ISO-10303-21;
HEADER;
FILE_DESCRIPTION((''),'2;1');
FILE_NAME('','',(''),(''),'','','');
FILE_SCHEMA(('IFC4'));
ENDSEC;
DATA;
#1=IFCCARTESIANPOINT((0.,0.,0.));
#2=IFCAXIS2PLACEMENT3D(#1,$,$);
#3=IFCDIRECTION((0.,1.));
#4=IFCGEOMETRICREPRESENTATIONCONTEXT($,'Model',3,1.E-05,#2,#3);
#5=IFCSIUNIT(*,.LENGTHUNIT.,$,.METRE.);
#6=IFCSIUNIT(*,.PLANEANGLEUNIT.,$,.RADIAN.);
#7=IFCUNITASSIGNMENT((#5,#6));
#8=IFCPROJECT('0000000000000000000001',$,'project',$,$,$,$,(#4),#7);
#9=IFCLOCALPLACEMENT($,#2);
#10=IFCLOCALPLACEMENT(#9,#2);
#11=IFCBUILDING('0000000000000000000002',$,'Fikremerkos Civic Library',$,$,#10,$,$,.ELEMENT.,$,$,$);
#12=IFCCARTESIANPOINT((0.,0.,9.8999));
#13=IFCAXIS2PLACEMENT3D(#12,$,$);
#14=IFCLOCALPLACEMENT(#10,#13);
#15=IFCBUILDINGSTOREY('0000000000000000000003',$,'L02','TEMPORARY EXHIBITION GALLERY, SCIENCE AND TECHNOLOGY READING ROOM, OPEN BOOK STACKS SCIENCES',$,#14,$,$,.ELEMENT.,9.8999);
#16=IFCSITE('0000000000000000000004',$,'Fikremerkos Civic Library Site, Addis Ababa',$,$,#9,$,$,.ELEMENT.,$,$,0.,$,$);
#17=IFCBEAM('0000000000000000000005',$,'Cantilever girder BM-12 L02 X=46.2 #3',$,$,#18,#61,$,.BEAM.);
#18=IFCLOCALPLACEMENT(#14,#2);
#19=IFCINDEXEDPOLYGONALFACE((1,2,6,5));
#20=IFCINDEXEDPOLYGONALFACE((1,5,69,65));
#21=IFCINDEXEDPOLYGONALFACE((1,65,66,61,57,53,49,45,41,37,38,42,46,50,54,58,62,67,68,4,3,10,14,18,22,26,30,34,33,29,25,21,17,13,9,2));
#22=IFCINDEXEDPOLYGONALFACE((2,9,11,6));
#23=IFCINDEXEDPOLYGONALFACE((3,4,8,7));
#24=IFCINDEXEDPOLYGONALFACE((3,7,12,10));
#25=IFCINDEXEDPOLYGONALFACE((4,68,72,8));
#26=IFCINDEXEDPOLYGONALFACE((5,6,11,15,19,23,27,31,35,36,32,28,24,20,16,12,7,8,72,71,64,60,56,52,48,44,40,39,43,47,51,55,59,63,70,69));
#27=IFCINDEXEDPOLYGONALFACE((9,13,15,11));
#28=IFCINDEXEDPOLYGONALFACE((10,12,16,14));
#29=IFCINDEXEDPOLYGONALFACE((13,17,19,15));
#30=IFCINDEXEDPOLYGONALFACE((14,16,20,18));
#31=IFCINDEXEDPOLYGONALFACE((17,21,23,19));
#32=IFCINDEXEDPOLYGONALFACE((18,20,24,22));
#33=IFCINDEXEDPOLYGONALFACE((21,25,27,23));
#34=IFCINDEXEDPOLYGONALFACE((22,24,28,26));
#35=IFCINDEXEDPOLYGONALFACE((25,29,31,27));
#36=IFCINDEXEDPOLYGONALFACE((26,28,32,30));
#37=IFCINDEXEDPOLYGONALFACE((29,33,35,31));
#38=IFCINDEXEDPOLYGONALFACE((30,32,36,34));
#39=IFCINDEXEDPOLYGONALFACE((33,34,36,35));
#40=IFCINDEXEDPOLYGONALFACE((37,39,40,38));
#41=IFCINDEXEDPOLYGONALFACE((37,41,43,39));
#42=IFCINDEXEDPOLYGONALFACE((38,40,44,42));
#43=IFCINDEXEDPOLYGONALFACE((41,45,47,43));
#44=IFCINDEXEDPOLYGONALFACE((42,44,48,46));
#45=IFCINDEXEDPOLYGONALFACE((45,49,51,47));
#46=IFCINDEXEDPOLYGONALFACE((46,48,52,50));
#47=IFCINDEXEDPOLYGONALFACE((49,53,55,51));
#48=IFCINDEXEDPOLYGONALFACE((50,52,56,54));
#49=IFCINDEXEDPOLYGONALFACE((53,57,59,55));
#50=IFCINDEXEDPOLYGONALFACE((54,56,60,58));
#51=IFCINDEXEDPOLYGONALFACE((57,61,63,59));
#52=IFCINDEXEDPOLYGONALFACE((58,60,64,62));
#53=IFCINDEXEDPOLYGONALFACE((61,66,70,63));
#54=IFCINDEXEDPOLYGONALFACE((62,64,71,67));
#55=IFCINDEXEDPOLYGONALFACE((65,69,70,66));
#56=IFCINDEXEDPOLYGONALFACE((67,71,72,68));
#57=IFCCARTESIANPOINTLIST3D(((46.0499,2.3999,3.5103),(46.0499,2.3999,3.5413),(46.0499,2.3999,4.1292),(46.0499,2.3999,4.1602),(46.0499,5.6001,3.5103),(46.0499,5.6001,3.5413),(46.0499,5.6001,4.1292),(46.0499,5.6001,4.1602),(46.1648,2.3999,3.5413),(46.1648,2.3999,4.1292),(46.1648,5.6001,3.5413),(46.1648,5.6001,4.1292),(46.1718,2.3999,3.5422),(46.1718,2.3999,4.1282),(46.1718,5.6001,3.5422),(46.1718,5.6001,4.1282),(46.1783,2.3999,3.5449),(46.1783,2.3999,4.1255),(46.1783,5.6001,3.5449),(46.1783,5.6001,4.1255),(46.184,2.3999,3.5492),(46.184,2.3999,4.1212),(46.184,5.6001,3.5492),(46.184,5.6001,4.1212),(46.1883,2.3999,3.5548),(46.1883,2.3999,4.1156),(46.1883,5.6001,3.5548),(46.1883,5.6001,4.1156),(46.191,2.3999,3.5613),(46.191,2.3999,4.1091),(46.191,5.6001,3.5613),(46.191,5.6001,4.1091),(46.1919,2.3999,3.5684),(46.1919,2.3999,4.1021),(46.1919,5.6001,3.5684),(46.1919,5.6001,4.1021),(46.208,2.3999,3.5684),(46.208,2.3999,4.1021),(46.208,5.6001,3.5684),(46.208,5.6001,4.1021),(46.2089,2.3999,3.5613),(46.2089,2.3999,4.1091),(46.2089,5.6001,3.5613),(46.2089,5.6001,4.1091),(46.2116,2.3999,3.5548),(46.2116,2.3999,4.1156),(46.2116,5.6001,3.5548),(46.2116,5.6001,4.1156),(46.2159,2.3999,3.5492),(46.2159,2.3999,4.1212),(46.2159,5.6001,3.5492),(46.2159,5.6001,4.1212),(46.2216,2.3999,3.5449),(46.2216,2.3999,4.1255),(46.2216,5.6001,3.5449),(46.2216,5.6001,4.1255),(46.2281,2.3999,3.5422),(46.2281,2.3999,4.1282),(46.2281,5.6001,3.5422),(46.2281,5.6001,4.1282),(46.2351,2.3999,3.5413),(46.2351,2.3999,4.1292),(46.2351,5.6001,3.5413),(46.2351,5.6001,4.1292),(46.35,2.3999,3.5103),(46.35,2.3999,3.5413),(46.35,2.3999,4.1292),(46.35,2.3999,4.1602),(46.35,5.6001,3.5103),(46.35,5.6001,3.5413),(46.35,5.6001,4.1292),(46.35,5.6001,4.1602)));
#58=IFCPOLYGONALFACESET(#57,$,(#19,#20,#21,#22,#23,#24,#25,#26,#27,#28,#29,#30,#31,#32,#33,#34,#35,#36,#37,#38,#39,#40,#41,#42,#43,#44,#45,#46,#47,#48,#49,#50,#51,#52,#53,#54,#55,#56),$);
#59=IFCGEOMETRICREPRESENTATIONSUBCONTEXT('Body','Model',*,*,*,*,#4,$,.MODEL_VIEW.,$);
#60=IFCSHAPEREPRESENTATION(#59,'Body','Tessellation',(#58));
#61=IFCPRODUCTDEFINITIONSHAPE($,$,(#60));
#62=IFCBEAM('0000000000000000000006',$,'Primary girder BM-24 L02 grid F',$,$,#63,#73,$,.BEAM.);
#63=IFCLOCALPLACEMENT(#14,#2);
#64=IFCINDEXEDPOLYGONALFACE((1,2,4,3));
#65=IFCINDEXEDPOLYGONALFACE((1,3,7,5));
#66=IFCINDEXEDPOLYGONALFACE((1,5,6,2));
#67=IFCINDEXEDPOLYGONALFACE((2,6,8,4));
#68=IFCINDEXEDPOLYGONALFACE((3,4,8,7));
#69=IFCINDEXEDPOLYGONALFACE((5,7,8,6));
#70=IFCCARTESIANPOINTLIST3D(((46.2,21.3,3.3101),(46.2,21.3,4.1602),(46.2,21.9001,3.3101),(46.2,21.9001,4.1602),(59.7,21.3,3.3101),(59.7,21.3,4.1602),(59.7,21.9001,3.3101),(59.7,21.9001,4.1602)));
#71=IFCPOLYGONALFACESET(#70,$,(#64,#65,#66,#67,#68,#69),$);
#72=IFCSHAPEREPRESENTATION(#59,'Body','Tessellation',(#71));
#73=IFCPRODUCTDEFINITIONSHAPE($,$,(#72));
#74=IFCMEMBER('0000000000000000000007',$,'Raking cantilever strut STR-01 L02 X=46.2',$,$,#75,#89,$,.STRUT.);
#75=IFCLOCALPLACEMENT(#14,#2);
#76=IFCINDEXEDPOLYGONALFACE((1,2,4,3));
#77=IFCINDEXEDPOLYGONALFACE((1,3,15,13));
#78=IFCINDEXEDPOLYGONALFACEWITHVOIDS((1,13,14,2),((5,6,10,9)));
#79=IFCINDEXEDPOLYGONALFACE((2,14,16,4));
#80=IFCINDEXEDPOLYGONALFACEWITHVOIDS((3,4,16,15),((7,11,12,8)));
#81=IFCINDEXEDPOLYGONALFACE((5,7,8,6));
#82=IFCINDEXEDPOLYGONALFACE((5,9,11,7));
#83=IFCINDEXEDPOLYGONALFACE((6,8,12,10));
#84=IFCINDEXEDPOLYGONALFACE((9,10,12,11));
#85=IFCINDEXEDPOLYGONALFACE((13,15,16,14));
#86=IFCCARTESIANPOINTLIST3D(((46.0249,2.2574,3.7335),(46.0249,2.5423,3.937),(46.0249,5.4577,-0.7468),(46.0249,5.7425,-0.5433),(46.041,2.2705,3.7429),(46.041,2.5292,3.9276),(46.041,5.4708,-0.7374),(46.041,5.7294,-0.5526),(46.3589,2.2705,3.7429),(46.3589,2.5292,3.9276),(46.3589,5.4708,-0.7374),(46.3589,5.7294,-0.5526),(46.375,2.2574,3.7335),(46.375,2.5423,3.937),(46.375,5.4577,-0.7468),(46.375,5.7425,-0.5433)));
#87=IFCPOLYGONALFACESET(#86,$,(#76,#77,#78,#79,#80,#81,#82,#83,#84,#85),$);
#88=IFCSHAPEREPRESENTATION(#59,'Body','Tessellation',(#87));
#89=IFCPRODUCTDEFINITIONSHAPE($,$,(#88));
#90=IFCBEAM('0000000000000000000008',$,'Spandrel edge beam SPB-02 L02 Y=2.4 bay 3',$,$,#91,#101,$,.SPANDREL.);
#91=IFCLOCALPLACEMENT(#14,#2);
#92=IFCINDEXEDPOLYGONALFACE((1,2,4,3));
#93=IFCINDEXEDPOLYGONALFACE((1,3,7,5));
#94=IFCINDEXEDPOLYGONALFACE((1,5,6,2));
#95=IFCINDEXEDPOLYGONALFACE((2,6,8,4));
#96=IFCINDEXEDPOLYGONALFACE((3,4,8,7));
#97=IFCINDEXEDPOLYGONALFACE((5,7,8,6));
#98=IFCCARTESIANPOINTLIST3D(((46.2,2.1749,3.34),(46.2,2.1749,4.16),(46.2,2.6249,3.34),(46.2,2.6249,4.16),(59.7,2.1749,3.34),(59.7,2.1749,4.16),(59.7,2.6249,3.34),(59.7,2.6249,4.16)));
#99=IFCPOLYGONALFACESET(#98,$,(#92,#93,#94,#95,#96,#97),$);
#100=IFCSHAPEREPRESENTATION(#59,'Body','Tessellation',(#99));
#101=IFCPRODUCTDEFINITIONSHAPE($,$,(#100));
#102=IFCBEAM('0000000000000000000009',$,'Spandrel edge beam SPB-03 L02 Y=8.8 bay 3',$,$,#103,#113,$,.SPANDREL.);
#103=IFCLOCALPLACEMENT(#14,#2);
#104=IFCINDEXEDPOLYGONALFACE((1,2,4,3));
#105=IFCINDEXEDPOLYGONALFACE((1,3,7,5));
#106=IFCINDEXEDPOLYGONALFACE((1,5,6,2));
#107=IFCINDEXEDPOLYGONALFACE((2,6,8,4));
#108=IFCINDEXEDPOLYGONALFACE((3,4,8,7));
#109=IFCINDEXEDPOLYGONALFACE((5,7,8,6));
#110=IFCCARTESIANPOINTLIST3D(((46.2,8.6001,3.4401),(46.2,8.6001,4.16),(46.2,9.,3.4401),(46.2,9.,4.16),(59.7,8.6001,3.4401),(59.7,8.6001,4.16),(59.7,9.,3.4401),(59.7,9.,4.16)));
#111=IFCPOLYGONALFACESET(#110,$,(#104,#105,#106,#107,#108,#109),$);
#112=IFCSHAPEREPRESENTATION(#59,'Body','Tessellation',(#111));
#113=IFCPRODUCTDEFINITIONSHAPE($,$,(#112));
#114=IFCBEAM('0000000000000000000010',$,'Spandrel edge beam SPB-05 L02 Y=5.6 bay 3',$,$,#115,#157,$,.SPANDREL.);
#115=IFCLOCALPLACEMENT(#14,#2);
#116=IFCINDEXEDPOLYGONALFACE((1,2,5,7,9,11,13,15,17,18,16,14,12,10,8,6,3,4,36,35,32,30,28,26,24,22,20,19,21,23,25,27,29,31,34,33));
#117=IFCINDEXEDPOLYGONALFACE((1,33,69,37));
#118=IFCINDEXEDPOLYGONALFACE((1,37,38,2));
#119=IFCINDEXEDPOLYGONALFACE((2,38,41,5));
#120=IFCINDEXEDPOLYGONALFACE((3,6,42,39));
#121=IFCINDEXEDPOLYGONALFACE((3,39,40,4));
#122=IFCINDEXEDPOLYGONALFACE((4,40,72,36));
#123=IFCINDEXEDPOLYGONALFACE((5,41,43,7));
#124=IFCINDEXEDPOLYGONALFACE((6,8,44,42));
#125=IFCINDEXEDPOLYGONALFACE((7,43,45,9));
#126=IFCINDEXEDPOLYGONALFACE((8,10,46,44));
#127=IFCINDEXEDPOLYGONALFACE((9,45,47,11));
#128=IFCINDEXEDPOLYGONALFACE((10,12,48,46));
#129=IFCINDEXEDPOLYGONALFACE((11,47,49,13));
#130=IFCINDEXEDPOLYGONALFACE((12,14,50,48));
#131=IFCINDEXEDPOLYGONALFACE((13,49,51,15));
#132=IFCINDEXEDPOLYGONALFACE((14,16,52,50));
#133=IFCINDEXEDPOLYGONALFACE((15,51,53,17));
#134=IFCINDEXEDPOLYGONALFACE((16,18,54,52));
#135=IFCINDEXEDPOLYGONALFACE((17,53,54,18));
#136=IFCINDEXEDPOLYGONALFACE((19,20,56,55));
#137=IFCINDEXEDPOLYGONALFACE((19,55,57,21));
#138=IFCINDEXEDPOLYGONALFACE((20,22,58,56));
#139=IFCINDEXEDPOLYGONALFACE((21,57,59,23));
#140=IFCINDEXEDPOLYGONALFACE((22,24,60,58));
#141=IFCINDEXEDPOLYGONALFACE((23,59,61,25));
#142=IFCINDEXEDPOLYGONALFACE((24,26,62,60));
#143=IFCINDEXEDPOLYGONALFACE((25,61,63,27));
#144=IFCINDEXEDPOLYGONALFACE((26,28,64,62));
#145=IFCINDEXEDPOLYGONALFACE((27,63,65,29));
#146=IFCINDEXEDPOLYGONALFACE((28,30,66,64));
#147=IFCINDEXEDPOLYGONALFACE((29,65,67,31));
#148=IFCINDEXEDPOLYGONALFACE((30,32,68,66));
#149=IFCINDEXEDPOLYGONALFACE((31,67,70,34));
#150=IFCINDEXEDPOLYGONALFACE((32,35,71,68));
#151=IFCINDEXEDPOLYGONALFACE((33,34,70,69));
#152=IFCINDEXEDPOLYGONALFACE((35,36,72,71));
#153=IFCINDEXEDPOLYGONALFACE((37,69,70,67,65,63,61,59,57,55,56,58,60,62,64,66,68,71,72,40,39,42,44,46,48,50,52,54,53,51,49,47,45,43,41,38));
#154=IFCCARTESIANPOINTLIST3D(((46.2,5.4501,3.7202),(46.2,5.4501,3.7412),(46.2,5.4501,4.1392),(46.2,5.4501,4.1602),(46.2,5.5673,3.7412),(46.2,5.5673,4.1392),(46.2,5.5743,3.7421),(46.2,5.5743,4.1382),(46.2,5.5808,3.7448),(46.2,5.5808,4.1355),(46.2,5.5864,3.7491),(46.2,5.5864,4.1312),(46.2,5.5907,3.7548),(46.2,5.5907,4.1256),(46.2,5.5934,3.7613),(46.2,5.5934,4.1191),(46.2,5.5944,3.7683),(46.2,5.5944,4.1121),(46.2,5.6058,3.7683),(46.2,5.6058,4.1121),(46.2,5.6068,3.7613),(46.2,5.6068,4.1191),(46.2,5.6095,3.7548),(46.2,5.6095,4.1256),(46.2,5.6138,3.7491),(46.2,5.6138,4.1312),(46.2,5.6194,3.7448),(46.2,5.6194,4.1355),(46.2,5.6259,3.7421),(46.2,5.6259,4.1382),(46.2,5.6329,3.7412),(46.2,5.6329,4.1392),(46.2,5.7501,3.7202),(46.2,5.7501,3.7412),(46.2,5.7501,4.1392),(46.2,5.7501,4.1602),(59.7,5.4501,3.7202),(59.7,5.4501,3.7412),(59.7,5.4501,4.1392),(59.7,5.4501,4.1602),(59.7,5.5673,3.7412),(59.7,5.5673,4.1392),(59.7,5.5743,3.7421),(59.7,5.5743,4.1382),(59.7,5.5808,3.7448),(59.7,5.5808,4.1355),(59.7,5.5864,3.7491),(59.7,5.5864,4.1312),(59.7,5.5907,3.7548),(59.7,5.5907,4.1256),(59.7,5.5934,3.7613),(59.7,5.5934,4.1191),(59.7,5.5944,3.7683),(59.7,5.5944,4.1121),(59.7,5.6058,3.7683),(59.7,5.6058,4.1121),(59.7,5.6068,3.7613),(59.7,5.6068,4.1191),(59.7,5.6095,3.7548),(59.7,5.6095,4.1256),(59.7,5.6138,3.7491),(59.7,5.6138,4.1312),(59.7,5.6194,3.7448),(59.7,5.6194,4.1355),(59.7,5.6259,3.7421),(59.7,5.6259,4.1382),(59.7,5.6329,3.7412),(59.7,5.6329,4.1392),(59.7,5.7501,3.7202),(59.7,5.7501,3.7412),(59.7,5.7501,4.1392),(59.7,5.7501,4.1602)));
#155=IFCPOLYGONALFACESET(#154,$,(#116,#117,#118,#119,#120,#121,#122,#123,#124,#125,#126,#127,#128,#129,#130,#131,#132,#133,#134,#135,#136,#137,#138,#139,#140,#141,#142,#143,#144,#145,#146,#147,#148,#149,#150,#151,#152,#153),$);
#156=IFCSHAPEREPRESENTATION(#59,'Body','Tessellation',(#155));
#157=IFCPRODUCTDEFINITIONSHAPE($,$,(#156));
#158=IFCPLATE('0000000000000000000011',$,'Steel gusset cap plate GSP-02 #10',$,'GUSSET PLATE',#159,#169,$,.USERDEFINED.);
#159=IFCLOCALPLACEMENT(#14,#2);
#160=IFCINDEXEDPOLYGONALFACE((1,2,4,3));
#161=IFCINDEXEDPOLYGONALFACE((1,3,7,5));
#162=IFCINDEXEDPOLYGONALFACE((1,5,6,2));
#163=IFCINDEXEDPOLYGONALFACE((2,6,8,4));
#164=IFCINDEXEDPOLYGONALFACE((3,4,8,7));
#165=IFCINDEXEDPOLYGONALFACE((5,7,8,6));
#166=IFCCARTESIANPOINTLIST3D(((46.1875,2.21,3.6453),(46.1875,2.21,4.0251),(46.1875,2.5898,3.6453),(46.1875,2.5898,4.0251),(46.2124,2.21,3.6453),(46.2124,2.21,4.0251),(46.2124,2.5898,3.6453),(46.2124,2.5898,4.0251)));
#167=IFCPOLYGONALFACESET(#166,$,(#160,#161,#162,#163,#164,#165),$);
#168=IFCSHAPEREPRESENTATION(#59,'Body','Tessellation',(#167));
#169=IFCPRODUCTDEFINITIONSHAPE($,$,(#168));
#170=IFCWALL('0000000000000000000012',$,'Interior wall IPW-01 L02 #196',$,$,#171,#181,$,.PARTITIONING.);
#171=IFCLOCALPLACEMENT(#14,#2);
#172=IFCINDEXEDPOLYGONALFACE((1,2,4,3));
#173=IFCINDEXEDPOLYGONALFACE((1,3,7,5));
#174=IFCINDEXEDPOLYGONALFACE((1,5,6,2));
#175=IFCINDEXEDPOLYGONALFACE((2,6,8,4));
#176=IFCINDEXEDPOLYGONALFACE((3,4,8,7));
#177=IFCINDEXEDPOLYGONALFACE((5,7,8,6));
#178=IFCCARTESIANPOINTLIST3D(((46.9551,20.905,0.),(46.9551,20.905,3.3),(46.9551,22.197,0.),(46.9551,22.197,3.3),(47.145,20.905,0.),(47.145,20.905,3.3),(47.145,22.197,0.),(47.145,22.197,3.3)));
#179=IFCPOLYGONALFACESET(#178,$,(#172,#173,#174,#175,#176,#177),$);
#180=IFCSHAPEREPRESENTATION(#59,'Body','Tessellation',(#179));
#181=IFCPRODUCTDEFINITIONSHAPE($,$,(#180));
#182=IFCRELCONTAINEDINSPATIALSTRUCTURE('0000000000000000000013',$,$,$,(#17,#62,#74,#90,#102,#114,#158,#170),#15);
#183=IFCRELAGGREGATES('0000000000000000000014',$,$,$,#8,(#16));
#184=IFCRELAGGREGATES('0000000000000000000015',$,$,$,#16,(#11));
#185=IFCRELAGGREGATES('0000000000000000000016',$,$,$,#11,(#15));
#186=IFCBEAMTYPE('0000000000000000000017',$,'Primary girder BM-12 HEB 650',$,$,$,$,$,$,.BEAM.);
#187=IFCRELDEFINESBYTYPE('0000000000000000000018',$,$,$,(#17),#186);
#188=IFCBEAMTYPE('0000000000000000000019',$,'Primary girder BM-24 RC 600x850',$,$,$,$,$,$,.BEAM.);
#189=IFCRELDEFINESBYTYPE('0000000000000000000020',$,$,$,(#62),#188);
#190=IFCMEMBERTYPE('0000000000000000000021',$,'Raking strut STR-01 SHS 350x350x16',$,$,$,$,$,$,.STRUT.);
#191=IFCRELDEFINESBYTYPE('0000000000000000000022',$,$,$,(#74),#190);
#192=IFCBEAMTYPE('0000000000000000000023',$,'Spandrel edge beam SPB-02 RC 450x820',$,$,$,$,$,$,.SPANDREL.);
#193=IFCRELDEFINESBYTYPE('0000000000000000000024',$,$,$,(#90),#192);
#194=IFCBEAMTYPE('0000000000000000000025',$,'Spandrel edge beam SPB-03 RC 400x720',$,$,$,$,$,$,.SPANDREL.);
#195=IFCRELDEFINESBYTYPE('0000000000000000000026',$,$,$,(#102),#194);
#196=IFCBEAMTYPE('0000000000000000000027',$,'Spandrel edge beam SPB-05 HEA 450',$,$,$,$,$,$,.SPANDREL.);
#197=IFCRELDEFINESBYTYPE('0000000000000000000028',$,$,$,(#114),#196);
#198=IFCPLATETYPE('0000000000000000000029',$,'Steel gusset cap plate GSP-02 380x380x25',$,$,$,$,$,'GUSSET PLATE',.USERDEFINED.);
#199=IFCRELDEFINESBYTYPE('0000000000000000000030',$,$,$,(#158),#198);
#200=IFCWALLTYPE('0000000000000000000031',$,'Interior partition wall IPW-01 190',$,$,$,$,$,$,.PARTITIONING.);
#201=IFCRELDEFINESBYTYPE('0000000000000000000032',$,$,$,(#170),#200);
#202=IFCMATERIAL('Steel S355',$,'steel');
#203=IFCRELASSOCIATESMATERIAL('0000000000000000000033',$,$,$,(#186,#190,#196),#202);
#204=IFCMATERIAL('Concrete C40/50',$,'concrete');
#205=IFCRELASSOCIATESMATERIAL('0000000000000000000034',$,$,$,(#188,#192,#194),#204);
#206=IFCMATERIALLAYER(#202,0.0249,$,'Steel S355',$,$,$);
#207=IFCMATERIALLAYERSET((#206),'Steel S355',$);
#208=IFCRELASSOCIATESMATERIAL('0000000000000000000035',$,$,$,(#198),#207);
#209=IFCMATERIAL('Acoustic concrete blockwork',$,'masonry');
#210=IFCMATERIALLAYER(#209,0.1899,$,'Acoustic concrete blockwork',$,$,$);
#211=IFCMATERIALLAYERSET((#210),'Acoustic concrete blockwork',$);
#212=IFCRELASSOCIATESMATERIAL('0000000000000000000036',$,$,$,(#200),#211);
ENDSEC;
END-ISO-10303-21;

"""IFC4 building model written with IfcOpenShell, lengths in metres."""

from ifc_helpers import new_model, si_unit, direction, frame, frame_2d, origin, origin_2d, place, context, subcontext, project, spatial, rectangle, hollow_rectangle, i_section, extrude, material, layer, layer_set, material_profile, profile_set, type_object, element, save


model = new_model("IFC4")

# Units and contexts
model_context = context("Model", 3, precision=1e-05, world=origin(), true_north=direction((0.0, 1.0)))
body_context = subcontext(model_context, "Body", "Model", "MODEL_VIEW")
ifc_project = project(units=[si_unit("LENGTHUNIT", "METRE"), si_unit("PLANEANGLEUNIT", "RADIAN")], contexts=[model_context])

# Site, building, storey
site_placement = place(None, origin())
site = spatial("IfcSite", under=ifc_project, at=site_placement, Name="Fikremerkos Civic Library Site, Addis Ababa", CompositionType="ELEMENT", RefElevation=0.0)
building_placement = place(site_placement, origin())
building = spatial("IfcBuilding", under=site, at=building_placement, Name="Fikremerkos Civic Library", CompositionType="ELEMENT")
storey_placement = place(building_placement, frame((0.0, 0.0, 9.8999)))
storey = spatial("IfcBuildingStorey", under=building, at=storey_placement, Name="L02", Description="TEMPORARY EXHIBITION GALLERY, SCIENCE AND TECHNOLOGY READING ROOM, OPEN BOOK STACKS SCIENCES", CompositionType="ELEMENT", Elevation=9.8999)

# Shared definitions
ifc_material_1 = material(Name="Concrete C40/50", Category="concrete")
ifc_material_2 = material(Name="Steel S355", Category="steel")

# Beams
ifc_material_profile_1 = material_profile(ifc_material_2, i_section(OverallWidth=0.3, OverallDepth=0.6499, WebThickness=0.0161, FlangeThickness=0.031, FilletRadius=0.0271, at=origin_2d()), Name="HEB 650")
ifc_profile_set_1 = profile_set([ifc_material_profile_1], Name="Steel S355")
beam_type_1 = type_object("IfcBeamType", Name="Primary girder BM-12 HEB 650", PredefinedType="BEAM", material=ifc_profile_set_1)
beam_1_placement = place(storey_placement, frame((46.2, 5.6001, 3.8352), z_axis=(0.0, -1.0, 0.0), x_axis=(1.0, 0.0, 0.0)))
element("IfcBeam", 1, at=beam_1_placement, inside=storey, type_object=beam_type_1, Name="Cantilever girder BM-12 L02 X=46.2 #3", PredefinedType="BEAM", context=body_context, shape_type="SweptSolid", body=[
    extrude(i_section(OverallWidth=0.3, OverallDepth=0.6499, WebThickness=0.0161, FlangeThickness=0.031, FilletRadius=0.0271, at=origin_2d()), origin(), (0.0, 0.0, 1.0), 3.2002),
])
ifc_material_profile_2 = material_profile(ifc_material_1, rectangle(XDim=0.6001, YDim=0.8501, at=origin_2d()), Name="RC 600x850")
ifc_profile_set_2 = profile_set([ifc_material_profile_2], Name="Concrete C40/50")
beam_type_2 = type_object("IfcBeamType", Name="Primary girder BM-24 RC 600x850", PredefinedType="BEAM", material=ifc_profile_set_2)
beam_2_placement = place(storey_placement, frame((46.2, 21.6001, 3.7351), z_axis=(1.0, 0.0, 0.0), x_axis=(0.0, 1.0, 0.0)))
element("IfcBeam", 2, at=beam_2_placement, inside=storey, type_object=beam_type_2, Name="Primary girder BM-24 L02 grid F", PredefinedType="BEAM", context=body_context, shape_type="SweptSolid", body=[
    extrude(rectangle(XDim=0.6001, YDim=0.8501, at=origin_2d()), origin(), (0.0, 0.0, 1.0), 13.5),
])

# Member
ifc_material_profile_3 = material_profile(ifc_material_2, hollow_rectangle(XDim=0.3501, YDim=0.3501, WallThickness=0.0161, at=origin_2d()), Name="SHS 350x350x16")
ifc_profile_set_3 = profile_set([ifc_material_profile_3], Name="Steel S355")
member_type_1 = type_object("IfcMemberType", Name="Raking strut STR-01 SHS 350x350x16", PredefinedType="STRUT", material=ifc_profile_set_3)
member_placement = place(storey_placement, frame((46.2, 5.6001, -0.645), z_axis=(0.0, -0.581242, 0.81373), x_axis=(1.0, 0.0, 0.0)))
element("IfcMember", 3, at=member_placement, inside=storey, type_object=member_type_1, Name="Raking cantilever strut STR-01 L02 X=46.2", PredefinedType="STRUT", context=body_context, shape_type="SweptSolid", body=[
    extrude(hollow_rectangle(XDim=0.3501, YDim=0.3501, WallThickness=0.0161, at=origin_2d()), origin(), (0.0, 0.0, 1.0), 5.5059),
])

# Beams
ifc_material_profile_4 = material_profile(ifc_material_1, rectangle(XDim=0.45, YDim=0.8201, at=origin_2d()), Name="RC 450x820")
ifc_profile_set_4 = profile_set([ifc_material_profile_4], Name="Concrete C40/50")
beam_type_3 = type_object("IfcBeamType", Name="Spandrel edge beam SPB-02 RC 450x820", PredefinedType="SPANDREL", material=ifc_profile_set_4)
beam_3_placement = place(storey_placement, frame((46.2, 2.3999, 3.75), z_axis=(1.0, 0.0, 0.0), x_axis=(0.0, 1.0, 0.0)))
element("IfcBeam", 4, at=beam_3_placement, inside=storey, type_object=beam_type_3, Name="Spandrel edge beam SPB-02 L02 Y=2.4 bay 3", PredefinedType="SPANDREL", context=body_context, shape_type="SweptSolid", body=[
    extrude(rectangle(XDim=0.45, YDim=0.8201, at=origin_2d()), origin(), (0.0, 0.0, 1.0), 13.5),
])
ifc_material_profile_5 = material_profile(ifc_material_1, rectangle(XDim=0.3999, YDim=0.72, at=origin_2d()), Name="RC 400x720")
ifc_profile_set_5 = profile_set([ifc_material_profile_5], Name="Concrete C40/50")
beam_type_4 = type_object("IfcBeamType", Name="Spandrel edge beam SPB-03 RC 400x720", PredefinedType="SPANDREL", material=ifc_profile_set_5)
beam_4_placement = place(storey_placement, frame((46.2, 8.8, 3.8), z_axis=(1.0, 0.0, 0.0), x_axis=(0.0, 1.0, 0.0)))
element("IfcBeam", 5, at=beam_4_placement, inside=storey, type_object=beam_type_4, Name="Spandrel edge beam SPB-03 L02 Y=8.8 bay 3", PredefinedType="SPANDREL", context=body_context, shape_type="SweptSolid", body=[
    extrude(rectangle(XDim=0.3999, YDim=0.72, at=origin_2d()), origin(), (0.0, 0.0, 1.0), 13.5),
])
ifc_material_profile_6 = material_profile(ifc_material_2, i_section(OverallWidth=0.3, OverallDepth=0.4399, WebThickness=0.0115, FlangeThickness=0.021, FilletRadius=0.0271, at=origin_2d()), Name="HEA 450")
ifc_profile_set_6 = profile_set([ifc_material_profile_6], Name="Steel S355")
beam_type_5 = type_object("IfcBeamType", Name="Spandrel edge beam SPB-05 HEA 450", PredefinedType="SPANDREL", material=ifc_profile_set_6)
beam_5_placement = place(storey_placement, frame((46.2, 5.6001, 3.9402), z_axis=(1.0, 0.0, 0.0), x_axis=(0.0, 1.0, 0.0)))
element("IfcBeam", 6, at=beam_5_placement, inside=storey, type_object=beam_type_5, Name="Spandrel edge beam SPB-05 L02 Y=5.6 bay 3", PredefinedType="SPANDREL", context=body_context, shape_type="SweptSolid", body=[
    extrude(i_section(OverallWidth=0.3, OverallDepth=0.4399, WebThickness=0.0115, FlangeThickness=0.021, FilletRadius=0.0271, at=origin_2d()), origin(), (0.0, 0.0, 1.0), 13.5),
])

# Plate
ifc_layer_1 = layer(ifc_material_2, 0.0249, Name="Steel S355")
ifc_layer_set_1 = layer_set([ifc_layer_1], Name="Steel S355")
plate_type = type_object("IfcPlateType", Name="Steel gusset cap plate GSP-02 380x380x25", ElementType="GUSSET PLATE", PredefinedType="USERDEFINED", material=ifc_layer_set_1)
plate_placement = place(storey_placement, frame((46.2, 2.3999, 3.6453), z_axis=(0.0, 0.0, 1.0), x_axis=(1.0, 0.0, 0.0)))
element("IfcPlate", 7, at=plate_placement, inside=storey, type_object=plate_type, Name="Steel gusset cap plate GSP-02 #10", ObjectType="GUSSET PLATE", PredefinedType="USERDEFINED", context=body_context, shape_type="SweptSolid", body=[
    extrude(rectangle(XDim=0.0249, YDim=0.3799, at=origin_2d()), origin(), (0.0, 0.0, 1.0), 0.3799),
])

# Wall
ifc_material_3 = material(Name="Acoustic concrete blockwork", Category="masonry")
ifc_layer_2 = layer(ifc_material_3, 0.1899, Name="Acoustic concrete blockwork")
ifc_layer_set_2 = layer_set([ifc_layer_2], Name="Acoustic concrete blockwork")
wall_type_1 = type_object("IfcWallType", Name="Interior partition wall IPW-01 190", PredefinedType="PARTITIONING", material=ifc_layer_set_2)
wall_1_placement = place(storey_placement, frame((47.05, 20.905, 0.0), z_axis=(0.0, 0.0, 1.0), x_axis=(0.0, 1.0, 0.0)))
element("IfcWall", 8, at=wall_1_placement, inside=storey, type_object=wall_type_1, Name="Interior wall IPW-01 L02 #196", PredefinedType="PARTITIONING", context=body_context, shape_type="SweptSolid", body=[
    extrude(rectangle(XDim=1.292, YDim=0.1899, at=frame_2d((0.646, 0.0))), origin(), (0.0, 0.0, 1.0), 3.3),
])

save(model, "model.ifc")
